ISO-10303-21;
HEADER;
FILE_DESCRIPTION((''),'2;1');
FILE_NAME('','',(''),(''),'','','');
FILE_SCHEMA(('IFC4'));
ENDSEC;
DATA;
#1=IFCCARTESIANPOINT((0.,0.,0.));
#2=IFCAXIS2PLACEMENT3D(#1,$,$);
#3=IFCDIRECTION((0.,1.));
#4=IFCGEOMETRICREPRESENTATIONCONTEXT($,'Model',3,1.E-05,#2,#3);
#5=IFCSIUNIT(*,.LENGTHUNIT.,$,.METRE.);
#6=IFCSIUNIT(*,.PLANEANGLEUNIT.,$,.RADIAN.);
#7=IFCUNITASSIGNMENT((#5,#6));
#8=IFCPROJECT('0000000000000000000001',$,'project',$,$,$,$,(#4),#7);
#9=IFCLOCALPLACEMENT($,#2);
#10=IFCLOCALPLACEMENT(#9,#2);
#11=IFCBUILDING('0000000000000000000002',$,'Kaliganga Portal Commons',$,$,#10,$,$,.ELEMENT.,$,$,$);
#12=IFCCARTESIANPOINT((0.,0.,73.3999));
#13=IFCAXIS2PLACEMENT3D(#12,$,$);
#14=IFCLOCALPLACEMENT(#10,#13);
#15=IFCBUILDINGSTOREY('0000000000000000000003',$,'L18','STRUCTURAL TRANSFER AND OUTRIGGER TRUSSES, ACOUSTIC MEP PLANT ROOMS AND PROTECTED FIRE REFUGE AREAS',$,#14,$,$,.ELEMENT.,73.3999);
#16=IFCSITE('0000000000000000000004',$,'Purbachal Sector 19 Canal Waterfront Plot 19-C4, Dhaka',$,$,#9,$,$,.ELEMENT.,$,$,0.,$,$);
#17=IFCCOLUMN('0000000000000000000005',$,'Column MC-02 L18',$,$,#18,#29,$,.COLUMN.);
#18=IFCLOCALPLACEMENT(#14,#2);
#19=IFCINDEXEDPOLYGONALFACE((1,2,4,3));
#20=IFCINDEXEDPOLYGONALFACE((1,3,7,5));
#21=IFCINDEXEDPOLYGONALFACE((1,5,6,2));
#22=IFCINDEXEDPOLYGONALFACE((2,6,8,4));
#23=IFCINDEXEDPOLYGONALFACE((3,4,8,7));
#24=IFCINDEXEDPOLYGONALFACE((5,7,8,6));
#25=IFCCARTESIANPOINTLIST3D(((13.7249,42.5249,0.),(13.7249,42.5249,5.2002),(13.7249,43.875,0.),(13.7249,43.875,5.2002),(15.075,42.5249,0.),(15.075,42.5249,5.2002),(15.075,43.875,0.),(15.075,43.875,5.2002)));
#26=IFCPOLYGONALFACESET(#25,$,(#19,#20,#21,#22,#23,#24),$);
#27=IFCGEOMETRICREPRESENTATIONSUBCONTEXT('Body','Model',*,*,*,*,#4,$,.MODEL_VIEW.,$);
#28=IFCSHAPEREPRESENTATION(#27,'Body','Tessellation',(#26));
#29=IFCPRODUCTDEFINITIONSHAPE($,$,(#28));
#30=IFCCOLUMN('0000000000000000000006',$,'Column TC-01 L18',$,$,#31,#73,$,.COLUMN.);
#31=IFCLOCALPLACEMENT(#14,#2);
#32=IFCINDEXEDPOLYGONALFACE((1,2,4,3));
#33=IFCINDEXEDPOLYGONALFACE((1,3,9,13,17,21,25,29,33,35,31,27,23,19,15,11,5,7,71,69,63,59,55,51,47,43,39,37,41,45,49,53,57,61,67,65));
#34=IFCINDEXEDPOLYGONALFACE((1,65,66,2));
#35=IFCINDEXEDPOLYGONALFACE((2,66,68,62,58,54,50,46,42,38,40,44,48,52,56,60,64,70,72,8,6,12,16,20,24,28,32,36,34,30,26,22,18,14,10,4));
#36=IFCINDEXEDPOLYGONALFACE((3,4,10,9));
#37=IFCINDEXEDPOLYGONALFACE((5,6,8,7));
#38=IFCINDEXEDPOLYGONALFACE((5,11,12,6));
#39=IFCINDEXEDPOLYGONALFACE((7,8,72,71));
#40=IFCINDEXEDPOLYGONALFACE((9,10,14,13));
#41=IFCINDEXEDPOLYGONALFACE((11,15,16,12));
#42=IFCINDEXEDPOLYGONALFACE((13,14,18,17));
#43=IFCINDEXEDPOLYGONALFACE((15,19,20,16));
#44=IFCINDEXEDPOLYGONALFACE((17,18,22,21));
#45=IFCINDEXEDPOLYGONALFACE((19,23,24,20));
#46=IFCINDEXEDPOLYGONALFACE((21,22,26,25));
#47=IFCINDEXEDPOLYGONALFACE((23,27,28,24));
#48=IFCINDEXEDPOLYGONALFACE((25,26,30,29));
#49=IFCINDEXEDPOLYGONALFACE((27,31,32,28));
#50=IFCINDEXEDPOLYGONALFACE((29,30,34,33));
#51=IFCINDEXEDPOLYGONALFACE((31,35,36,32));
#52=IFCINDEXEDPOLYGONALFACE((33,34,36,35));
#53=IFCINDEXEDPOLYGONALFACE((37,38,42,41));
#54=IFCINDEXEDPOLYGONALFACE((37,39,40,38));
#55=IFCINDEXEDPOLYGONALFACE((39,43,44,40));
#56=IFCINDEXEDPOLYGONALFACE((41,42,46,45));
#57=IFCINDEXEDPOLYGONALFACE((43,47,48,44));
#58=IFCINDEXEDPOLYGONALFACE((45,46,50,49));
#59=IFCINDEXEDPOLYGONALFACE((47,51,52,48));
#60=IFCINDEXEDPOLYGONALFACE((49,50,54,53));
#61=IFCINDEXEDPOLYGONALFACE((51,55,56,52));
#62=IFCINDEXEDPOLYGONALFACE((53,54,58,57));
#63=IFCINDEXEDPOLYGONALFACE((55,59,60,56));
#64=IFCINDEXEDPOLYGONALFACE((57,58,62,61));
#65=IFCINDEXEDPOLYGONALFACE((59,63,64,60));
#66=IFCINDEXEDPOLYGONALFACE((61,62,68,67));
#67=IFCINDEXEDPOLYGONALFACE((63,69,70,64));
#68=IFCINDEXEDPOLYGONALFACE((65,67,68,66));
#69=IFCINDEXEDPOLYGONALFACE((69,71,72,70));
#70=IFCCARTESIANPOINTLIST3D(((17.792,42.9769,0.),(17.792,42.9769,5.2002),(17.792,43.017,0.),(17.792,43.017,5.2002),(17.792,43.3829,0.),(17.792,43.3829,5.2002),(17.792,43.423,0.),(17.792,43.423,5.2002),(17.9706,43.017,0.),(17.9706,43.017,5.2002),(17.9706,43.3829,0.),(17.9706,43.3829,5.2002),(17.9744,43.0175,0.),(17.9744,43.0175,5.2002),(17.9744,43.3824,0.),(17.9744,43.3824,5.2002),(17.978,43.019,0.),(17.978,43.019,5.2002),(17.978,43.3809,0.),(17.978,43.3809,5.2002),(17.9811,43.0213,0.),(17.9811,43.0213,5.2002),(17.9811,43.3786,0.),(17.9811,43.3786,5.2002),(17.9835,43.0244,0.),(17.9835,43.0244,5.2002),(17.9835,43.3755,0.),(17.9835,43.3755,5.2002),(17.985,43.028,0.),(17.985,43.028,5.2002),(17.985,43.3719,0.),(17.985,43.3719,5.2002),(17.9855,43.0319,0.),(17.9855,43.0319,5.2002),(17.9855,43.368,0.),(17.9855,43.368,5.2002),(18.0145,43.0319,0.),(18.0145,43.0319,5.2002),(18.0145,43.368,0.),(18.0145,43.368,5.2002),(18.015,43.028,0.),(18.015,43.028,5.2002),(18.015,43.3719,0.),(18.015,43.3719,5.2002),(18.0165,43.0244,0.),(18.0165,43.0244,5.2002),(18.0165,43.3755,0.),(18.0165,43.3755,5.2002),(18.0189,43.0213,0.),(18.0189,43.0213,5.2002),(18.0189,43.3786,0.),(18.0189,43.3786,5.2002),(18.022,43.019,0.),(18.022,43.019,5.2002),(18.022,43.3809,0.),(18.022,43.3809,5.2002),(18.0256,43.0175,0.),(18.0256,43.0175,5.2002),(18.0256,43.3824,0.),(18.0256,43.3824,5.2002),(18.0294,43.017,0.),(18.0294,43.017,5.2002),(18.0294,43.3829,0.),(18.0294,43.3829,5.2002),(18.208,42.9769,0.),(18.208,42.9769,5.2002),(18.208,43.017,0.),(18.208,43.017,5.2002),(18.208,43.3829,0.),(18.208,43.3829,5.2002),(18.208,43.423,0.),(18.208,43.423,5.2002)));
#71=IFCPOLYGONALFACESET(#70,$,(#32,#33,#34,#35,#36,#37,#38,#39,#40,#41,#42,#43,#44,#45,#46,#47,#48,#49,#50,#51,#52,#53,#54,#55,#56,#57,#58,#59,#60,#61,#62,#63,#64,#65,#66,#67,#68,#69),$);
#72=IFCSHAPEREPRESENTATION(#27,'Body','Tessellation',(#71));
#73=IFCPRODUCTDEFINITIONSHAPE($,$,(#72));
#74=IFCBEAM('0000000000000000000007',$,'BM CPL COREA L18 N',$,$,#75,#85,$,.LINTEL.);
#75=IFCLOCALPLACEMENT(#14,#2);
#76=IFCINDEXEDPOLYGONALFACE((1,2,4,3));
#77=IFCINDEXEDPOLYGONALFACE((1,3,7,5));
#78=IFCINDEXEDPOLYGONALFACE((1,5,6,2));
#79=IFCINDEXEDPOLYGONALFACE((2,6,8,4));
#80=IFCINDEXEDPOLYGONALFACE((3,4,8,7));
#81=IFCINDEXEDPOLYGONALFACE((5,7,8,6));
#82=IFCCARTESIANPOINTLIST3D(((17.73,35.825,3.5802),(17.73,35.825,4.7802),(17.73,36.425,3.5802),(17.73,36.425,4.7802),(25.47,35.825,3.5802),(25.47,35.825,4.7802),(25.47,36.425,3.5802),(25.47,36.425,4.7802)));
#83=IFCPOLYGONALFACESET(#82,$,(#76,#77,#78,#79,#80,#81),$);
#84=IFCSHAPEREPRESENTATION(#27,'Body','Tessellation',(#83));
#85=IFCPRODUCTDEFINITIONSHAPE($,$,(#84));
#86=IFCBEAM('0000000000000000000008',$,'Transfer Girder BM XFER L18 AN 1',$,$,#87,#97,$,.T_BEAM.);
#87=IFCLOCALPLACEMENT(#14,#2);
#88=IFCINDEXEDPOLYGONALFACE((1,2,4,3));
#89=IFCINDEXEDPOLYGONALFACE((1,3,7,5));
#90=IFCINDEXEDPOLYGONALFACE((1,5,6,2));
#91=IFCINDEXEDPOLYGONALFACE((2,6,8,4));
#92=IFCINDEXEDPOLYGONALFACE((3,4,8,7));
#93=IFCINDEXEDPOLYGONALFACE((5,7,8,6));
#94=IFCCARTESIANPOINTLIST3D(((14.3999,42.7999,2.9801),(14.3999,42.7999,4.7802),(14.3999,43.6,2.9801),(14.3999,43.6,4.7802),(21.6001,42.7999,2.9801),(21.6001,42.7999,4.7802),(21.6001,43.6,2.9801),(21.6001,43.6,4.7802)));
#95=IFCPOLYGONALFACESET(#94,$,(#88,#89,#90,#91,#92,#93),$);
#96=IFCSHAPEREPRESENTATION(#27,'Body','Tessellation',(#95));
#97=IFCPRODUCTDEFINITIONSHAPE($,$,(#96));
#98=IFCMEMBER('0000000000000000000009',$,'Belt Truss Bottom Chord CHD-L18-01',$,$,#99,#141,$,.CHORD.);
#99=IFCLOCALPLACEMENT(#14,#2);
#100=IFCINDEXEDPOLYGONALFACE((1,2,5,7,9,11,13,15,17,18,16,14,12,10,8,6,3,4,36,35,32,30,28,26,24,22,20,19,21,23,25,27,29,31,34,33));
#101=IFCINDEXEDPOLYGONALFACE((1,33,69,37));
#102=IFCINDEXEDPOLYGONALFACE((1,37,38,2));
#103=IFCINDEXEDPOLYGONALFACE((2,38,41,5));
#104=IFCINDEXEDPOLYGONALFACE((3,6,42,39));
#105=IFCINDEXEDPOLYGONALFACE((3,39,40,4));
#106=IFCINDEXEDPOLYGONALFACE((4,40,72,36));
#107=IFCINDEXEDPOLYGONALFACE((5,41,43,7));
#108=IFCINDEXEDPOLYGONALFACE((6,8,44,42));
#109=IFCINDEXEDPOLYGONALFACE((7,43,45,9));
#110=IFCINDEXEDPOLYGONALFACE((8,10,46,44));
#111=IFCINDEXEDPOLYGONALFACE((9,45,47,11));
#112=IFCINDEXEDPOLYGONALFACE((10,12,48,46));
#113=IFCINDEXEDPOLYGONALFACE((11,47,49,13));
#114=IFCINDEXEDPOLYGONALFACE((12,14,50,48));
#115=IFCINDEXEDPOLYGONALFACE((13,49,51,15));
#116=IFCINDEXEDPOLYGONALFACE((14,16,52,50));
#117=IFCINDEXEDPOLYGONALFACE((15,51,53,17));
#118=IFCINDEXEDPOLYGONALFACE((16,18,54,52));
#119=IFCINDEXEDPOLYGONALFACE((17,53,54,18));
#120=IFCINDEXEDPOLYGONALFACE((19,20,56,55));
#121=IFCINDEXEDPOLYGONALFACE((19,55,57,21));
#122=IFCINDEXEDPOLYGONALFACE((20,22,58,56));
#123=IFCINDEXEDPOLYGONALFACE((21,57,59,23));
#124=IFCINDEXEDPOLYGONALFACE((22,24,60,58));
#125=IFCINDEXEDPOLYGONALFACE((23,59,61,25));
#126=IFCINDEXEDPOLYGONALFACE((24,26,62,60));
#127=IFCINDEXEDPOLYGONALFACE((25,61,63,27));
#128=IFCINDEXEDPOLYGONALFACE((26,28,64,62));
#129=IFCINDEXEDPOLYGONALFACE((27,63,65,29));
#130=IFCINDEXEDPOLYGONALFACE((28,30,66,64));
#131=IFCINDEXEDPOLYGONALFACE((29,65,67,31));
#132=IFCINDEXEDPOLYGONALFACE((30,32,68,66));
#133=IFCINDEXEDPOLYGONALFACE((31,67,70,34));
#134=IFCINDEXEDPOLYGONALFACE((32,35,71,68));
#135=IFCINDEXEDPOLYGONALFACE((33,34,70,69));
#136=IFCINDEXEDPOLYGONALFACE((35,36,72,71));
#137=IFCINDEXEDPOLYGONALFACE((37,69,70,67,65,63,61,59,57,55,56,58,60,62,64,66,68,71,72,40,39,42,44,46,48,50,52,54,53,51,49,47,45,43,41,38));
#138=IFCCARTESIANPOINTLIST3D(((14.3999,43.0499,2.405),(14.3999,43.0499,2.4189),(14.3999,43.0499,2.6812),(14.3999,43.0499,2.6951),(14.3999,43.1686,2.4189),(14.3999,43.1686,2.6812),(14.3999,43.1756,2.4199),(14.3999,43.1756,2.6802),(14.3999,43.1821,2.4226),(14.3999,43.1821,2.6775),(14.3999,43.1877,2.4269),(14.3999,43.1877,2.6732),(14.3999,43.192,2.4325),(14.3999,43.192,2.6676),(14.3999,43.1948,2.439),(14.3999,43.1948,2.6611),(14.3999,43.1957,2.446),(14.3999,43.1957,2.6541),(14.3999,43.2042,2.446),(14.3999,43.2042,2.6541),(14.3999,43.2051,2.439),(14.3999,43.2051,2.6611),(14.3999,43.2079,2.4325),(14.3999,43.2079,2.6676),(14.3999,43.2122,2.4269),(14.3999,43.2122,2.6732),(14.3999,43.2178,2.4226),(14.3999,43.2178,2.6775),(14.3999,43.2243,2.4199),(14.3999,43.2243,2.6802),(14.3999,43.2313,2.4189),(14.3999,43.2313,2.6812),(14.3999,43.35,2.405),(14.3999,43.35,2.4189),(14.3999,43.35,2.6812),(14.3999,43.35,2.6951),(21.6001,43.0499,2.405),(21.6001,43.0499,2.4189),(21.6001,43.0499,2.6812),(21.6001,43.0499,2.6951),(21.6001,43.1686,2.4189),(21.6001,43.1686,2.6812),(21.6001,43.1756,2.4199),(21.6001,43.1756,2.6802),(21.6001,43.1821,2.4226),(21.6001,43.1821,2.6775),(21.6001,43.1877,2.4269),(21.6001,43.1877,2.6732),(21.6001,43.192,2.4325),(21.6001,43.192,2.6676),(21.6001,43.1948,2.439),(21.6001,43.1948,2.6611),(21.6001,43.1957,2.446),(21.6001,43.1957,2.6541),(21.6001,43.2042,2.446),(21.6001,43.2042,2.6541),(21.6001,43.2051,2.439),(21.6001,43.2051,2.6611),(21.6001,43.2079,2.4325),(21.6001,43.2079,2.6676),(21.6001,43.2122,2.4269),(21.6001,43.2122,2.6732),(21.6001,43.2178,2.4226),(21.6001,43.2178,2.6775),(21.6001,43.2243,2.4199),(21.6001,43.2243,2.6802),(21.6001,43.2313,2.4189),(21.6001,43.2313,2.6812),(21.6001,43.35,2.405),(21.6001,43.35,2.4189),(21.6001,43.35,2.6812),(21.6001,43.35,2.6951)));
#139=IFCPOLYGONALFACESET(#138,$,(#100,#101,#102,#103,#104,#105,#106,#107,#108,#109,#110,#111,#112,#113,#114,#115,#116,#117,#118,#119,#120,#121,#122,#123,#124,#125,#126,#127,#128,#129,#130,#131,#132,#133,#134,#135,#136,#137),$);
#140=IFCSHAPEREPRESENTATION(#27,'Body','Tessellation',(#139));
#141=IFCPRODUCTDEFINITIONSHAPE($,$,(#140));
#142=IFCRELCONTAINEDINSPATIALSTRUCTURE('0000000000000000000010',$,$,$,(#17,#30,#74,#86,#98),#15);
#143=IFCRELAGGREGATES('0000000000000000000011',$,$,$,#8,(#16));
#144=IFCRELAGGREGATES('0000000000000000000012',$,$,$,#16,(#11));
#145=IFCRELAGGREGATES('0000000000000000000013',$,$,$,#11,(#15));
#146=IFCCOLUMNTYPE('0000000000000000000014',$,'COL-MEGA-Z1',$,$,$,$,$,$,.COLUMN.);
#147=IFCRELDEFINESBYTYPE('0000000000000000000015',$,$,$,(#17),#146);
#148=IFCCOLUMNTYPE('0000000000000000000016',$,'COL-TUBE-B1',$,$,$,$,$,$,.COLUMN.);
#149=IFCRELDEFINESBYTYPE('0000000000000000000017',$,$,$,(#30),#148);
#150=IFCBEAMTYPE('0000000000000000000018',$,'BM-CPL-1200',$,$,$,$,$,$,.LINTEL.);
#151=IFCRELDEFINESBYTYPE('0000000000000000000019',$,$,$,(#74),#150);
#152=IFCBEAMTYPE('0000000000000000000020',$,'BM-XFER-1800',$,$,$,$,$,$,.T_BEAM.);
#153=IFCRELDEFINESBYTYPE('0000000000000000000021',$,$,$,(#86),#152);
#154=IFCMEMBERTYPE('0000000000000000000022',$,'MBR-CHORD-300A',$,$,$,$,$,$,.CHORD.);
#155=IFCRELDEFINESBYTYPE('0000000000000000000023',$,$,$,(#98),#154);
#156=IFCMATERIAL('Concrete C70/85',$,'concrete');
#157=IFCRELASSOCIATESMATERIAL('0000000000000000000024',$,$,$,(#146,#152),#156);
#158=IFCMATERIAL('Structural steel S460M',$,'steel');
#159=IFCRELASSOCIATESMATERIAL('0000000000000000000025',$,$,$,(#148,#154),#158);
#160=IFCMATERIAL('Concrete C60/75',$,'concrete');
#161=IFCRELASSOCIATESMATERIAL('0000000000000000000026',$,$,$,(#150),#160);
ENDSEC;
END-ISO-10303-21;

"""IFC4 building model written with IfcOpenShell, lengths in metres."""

from ifc_helpers import new_model, si_unit, direction, frame, origin, origin_2d, place, context, subcontext, project, spatial, rectangle, i_section, extrude, source, transform, mapped, material, material_profile, profile_set, type_object, element, save


model = new_model("IFC4")

# Units and contexts
model_context = context("Model", 3, precision=1e-05, world=origin(), true_north=direction((0.0, 1.0)))
body_context = subcontext(model_context, "Body", "Model", "MODEL_VIEW")
ifc_project = project(units=[si_unit("LENGTHUNIT", "METRE"), si_unit("PLANEANGLEUNIT", "RADIAN")], contexts=[model_context])

# Site, building, storey
site_placement = place(None, origin())
site = spatial("IfcSite", under=ifc_project, at=site_placement, Name="Purbachal Sector 19 Canal Waterfront Plot 19-C4, Dhaka", CompositionType="ELEMENT", RefElevation=0.0)
building_placement = place(site_placement, origin())
building = spatial("IfcBuilding", under=site, at=building_placement, Name="Kaliganga Portal Commons", CompositionType="ELEMENT")
storey_placement = place(building_placement, frame((0.0, 0.0, 73.3999)))
storey = spatial("IfcBuildingStorey", under=building, at=storey_placement, Name="L18", Description="STRUCTURAL TRANSFER AND OUTRIGGER TRUSSES, ACOUSTIC MEP PLANT ROOMS AND PROTECTED FIRE REFUGE AREAS", CompositionType="ELEMENT", Elevation=73.3999)

# Columns
ifc_material_1 = material(Name="Concrete C70/85", Category="concrete")
ifc_material_profile_1 = material_profile(ifc_material_1, rectangle(XDim=1.3501, YDim=1.3501, at=origin_2d()), Name="RC 1350x1350")
ifc_profile_set_1 = profile_set([ifc_material_profile_1], Name="Concrete C70/85")
column_type_1 = type_object("IfcColumnType", Name="COL-MEGA-Z1", PredefinedType="COLUMN", material=ifc_profile_set_1)
shared_shape_1 = source(origin(), body_context, "Body", "SweptSolid", [
    extrude(rectangle(XDim=1.3501, YDim=1.3501, at=origin_2d()), origin(), (0.0, 0.0, 1.0), 5.2002),
])
column_1_placement = place(storey_placement, frame((14.3999, 43.2, 0.0), z_axis=(0.0, 0.0, 1.0), x_axis=(1.0, 0.0, 0.0)))
element("IfcColumn", 1, at=column_1_placement, inside=storey, type_object=column_type_1, Name="Column MC-02 L18", PredefinedType="COLUMN", context=body_context, shape_type="MappedRepresentation", body=[
    mapped(shared_shape_1, transform((0.0, 0.0, 0.0), x_axis=(1.0, 0.0, 0.0), y_axis=(0.0, 1.0, 0.0), z_axis=(0.0, 0.0, 1.0), scale=1.0)),
])
ifc_material_2 = material(Name="Structural steel S460M", Category="steel")
ifc_material_profile_2 = material_profile(ifc_material_2, i_section(OverallWidth=0.416, OverallDepth=0.446, WebThickness=0.0291, FlangeThickness=0.04, FilletRadius=0.0149, at=origin_2d()), Name="HD 400x509")
ifc_profile_set_2 = profile_set([ifc_material_profile_2], Name="Structural steel S460M wide-flange")
column_type_2 = type_object("IfcColumnType", Name="COL-TUBE-B1", PredefinedType="COLUMN", material=ifc_profile_set_2)
shared_shape_2 = source(origin(), body_context, "Body", "SweptSolid", [
    extrude(i_section(OverallWidth=0.416, OverallDepth=0.446, WebThickness=0.0291, FlangeThickness=0.04, FilletRadius=0.0149, at=origin_2d()), origin(), (0.0, 0.0, 1.0), 5.2002),
])
column_2_placement = place(storey_placement, frame((18.0, 43.2, 0.0), z_axis=(0.0, 0.0, 1.0), x_axis=(1.0, 0.0, 0.0)))
element("IfcColumn", 2, at=column_2_placement, inside=storey, type_object=column_type_2, Name="Column TC-01 L18", PredefinedType="COLUMN", context=body_context, shape_type="MappedRepresentation", body=[
    mapped(shared_shape_2, transform((0.0, 0.0, 0.0), x_axis=(1.0, 0.0, 0.0), y_axis=(0.0, 1.0, 0.0), z_axis=(0.0, 0.0, 1.0), scale=1.0)),
])

# Beams
ifc_material_3 = material(Name="Concrete C60/75", Category="concrete")
ifc_material_profile_3 = material_profile(ifc_material_3, rectangle(XDim=0.6001, YDim=1.2, at=origin_2d()), Name="RC 600x1200")
ifc_profile_set_3 = profile_set([ifc_material_profile_3], Name="Concrete C60/75")
beam_type_1 = type_object("IfcBeamType", Name="BM-CPL-1200", PredefinedType="LINTEL", material=ifc_profile_set_3)
shared_shape_3 = source(origin(), body_context, "Body", "SweptSolid", [
    extrude(rectangle(XDim=0.6001, YDim=1.2, at=origin_2d()), origin(), (0.0, 0.0, 1.0), 7.74),
])
beam_1_placement = place(storey_placement, frame((17.73, 36.125, 4.1802), z_axis=(1.0, 0.0, 0.0), x_axis=(0.0, 1.0, 0.0)))
element("IfcBeam", 3, at=beam_1_placement, inside=storey, type_object=beam_type_1, Name="BM CPL COREA L18 N", PredefinedType="LINTEL", context=body_context, shape_type="MappedRepresentation", body=[
    mapped(shared_shape_3, transform((0.0, 0.0, 0.0), x_axis=(1.0, 0.0, 0.0), y_axis=(0.0, 1.0, 0.0), z_axis=(0.0, 0.0, 1.0), scale=1.0)),
])
ifc_material_profile_4 = material_profile(ifc_material_1, rectangle(XDim=0.8, YDim=1.8, at=origin_2d()), Name="RC 800x1800")
ifc_profile_set_4 = profile_set([ifc_material_profile_4], Name="Concrete C70/85")
beam_type_2 = type_object("IfcBeamType", Name="BM-XFER-1800", PredefinedType="T_BEAM", material=ifc_profile_set_4)
shared_shape_4 = source(origin(), body_context, "Body", "SweptSolid", [
    extrude(rectangle(XDim=0.8, YDim=1.8, at=origin_2d()), origin(), (0.0, 0.0, 1.0), 7.2002),
])
beam_2_placement = place(storey_placement, frame((14.3999, 43.2, 3.8801), z_axis=(1.0, 0.0, 0.0), x_axis=(0.0, 1.0, 0.0)))
element("IfcBeam", 4, at=beam_2_placement, inside=storey, type_object=beam_type_2, Name="Transfer Girder BM XFER L18 AN 1", PredefinedType="T_BEAM", context=body_context, shape_type="MappedRepresentation", body=[
    mapped(shared_shape_4, transform((0.0, 0.0, 0.0), x_axis=(1.0, 0.0, 0.0), y_axis=(0.0, 1.0, 0.0), z_axis=(0.0, 0.0, 1.0), scale=1.0)),
])

# Member
ifc_material_profile_5 = material_profile(ifc_material_2, i_section(OverallWidth=0.3, OverallDepth=0.29, WebThickness=0.0085, FlangeThickness=0.0139, FilletRadius=0.0271, at=origin_2d()), Name="HE 300 A")
ifc_profile_set_5 = profile_set([ifc_material_profile_5], Name="Structural steel S460M wide-flange")
member_type_1 = type_object("IfcMemberType", Name="MBR-CHORD-300A", PredefinedType="CHORD", material=ifc_profile_set_5)
shared_shape_5 = source(origin(), body_context, "Body", "SweptSolid", [
    extrude(i_section(OverallWidth=0.3, OverallDepth=0.29, WebThickness=0.0085, FlangeThickness=0.0139, FilletRadius=0.0271, at=origin_2d()), origin(), (0.0, 0.0, 1.0), 7.2002),
])
member_1_placement = place(storey_placement, frame((14.3999, 43.2, 2.55), z_axis=(1.0, 0.0, 0.0), x_axis=(0.0, 1.0, 0.0)))
element("IfcMember", 5, at=member_1_placement, inside=storey, type_object=member_type_1, Name="Belt Truss Bottom Chord CHD-L18-01", PredefinedType="CHORD", context=body_context, shape_type="MappedRepresentation", body=[
    mapped(shared_shape_5, transform((0.0, 0.0, 0.0), x_axis=(1.0, 0.0, 0.0), y_axis=(0.0, 1.0, 0.0), z_axis=(0.0, 0.0, 1.0), scale=1.0)),
])

save(model, "model.ifc")
